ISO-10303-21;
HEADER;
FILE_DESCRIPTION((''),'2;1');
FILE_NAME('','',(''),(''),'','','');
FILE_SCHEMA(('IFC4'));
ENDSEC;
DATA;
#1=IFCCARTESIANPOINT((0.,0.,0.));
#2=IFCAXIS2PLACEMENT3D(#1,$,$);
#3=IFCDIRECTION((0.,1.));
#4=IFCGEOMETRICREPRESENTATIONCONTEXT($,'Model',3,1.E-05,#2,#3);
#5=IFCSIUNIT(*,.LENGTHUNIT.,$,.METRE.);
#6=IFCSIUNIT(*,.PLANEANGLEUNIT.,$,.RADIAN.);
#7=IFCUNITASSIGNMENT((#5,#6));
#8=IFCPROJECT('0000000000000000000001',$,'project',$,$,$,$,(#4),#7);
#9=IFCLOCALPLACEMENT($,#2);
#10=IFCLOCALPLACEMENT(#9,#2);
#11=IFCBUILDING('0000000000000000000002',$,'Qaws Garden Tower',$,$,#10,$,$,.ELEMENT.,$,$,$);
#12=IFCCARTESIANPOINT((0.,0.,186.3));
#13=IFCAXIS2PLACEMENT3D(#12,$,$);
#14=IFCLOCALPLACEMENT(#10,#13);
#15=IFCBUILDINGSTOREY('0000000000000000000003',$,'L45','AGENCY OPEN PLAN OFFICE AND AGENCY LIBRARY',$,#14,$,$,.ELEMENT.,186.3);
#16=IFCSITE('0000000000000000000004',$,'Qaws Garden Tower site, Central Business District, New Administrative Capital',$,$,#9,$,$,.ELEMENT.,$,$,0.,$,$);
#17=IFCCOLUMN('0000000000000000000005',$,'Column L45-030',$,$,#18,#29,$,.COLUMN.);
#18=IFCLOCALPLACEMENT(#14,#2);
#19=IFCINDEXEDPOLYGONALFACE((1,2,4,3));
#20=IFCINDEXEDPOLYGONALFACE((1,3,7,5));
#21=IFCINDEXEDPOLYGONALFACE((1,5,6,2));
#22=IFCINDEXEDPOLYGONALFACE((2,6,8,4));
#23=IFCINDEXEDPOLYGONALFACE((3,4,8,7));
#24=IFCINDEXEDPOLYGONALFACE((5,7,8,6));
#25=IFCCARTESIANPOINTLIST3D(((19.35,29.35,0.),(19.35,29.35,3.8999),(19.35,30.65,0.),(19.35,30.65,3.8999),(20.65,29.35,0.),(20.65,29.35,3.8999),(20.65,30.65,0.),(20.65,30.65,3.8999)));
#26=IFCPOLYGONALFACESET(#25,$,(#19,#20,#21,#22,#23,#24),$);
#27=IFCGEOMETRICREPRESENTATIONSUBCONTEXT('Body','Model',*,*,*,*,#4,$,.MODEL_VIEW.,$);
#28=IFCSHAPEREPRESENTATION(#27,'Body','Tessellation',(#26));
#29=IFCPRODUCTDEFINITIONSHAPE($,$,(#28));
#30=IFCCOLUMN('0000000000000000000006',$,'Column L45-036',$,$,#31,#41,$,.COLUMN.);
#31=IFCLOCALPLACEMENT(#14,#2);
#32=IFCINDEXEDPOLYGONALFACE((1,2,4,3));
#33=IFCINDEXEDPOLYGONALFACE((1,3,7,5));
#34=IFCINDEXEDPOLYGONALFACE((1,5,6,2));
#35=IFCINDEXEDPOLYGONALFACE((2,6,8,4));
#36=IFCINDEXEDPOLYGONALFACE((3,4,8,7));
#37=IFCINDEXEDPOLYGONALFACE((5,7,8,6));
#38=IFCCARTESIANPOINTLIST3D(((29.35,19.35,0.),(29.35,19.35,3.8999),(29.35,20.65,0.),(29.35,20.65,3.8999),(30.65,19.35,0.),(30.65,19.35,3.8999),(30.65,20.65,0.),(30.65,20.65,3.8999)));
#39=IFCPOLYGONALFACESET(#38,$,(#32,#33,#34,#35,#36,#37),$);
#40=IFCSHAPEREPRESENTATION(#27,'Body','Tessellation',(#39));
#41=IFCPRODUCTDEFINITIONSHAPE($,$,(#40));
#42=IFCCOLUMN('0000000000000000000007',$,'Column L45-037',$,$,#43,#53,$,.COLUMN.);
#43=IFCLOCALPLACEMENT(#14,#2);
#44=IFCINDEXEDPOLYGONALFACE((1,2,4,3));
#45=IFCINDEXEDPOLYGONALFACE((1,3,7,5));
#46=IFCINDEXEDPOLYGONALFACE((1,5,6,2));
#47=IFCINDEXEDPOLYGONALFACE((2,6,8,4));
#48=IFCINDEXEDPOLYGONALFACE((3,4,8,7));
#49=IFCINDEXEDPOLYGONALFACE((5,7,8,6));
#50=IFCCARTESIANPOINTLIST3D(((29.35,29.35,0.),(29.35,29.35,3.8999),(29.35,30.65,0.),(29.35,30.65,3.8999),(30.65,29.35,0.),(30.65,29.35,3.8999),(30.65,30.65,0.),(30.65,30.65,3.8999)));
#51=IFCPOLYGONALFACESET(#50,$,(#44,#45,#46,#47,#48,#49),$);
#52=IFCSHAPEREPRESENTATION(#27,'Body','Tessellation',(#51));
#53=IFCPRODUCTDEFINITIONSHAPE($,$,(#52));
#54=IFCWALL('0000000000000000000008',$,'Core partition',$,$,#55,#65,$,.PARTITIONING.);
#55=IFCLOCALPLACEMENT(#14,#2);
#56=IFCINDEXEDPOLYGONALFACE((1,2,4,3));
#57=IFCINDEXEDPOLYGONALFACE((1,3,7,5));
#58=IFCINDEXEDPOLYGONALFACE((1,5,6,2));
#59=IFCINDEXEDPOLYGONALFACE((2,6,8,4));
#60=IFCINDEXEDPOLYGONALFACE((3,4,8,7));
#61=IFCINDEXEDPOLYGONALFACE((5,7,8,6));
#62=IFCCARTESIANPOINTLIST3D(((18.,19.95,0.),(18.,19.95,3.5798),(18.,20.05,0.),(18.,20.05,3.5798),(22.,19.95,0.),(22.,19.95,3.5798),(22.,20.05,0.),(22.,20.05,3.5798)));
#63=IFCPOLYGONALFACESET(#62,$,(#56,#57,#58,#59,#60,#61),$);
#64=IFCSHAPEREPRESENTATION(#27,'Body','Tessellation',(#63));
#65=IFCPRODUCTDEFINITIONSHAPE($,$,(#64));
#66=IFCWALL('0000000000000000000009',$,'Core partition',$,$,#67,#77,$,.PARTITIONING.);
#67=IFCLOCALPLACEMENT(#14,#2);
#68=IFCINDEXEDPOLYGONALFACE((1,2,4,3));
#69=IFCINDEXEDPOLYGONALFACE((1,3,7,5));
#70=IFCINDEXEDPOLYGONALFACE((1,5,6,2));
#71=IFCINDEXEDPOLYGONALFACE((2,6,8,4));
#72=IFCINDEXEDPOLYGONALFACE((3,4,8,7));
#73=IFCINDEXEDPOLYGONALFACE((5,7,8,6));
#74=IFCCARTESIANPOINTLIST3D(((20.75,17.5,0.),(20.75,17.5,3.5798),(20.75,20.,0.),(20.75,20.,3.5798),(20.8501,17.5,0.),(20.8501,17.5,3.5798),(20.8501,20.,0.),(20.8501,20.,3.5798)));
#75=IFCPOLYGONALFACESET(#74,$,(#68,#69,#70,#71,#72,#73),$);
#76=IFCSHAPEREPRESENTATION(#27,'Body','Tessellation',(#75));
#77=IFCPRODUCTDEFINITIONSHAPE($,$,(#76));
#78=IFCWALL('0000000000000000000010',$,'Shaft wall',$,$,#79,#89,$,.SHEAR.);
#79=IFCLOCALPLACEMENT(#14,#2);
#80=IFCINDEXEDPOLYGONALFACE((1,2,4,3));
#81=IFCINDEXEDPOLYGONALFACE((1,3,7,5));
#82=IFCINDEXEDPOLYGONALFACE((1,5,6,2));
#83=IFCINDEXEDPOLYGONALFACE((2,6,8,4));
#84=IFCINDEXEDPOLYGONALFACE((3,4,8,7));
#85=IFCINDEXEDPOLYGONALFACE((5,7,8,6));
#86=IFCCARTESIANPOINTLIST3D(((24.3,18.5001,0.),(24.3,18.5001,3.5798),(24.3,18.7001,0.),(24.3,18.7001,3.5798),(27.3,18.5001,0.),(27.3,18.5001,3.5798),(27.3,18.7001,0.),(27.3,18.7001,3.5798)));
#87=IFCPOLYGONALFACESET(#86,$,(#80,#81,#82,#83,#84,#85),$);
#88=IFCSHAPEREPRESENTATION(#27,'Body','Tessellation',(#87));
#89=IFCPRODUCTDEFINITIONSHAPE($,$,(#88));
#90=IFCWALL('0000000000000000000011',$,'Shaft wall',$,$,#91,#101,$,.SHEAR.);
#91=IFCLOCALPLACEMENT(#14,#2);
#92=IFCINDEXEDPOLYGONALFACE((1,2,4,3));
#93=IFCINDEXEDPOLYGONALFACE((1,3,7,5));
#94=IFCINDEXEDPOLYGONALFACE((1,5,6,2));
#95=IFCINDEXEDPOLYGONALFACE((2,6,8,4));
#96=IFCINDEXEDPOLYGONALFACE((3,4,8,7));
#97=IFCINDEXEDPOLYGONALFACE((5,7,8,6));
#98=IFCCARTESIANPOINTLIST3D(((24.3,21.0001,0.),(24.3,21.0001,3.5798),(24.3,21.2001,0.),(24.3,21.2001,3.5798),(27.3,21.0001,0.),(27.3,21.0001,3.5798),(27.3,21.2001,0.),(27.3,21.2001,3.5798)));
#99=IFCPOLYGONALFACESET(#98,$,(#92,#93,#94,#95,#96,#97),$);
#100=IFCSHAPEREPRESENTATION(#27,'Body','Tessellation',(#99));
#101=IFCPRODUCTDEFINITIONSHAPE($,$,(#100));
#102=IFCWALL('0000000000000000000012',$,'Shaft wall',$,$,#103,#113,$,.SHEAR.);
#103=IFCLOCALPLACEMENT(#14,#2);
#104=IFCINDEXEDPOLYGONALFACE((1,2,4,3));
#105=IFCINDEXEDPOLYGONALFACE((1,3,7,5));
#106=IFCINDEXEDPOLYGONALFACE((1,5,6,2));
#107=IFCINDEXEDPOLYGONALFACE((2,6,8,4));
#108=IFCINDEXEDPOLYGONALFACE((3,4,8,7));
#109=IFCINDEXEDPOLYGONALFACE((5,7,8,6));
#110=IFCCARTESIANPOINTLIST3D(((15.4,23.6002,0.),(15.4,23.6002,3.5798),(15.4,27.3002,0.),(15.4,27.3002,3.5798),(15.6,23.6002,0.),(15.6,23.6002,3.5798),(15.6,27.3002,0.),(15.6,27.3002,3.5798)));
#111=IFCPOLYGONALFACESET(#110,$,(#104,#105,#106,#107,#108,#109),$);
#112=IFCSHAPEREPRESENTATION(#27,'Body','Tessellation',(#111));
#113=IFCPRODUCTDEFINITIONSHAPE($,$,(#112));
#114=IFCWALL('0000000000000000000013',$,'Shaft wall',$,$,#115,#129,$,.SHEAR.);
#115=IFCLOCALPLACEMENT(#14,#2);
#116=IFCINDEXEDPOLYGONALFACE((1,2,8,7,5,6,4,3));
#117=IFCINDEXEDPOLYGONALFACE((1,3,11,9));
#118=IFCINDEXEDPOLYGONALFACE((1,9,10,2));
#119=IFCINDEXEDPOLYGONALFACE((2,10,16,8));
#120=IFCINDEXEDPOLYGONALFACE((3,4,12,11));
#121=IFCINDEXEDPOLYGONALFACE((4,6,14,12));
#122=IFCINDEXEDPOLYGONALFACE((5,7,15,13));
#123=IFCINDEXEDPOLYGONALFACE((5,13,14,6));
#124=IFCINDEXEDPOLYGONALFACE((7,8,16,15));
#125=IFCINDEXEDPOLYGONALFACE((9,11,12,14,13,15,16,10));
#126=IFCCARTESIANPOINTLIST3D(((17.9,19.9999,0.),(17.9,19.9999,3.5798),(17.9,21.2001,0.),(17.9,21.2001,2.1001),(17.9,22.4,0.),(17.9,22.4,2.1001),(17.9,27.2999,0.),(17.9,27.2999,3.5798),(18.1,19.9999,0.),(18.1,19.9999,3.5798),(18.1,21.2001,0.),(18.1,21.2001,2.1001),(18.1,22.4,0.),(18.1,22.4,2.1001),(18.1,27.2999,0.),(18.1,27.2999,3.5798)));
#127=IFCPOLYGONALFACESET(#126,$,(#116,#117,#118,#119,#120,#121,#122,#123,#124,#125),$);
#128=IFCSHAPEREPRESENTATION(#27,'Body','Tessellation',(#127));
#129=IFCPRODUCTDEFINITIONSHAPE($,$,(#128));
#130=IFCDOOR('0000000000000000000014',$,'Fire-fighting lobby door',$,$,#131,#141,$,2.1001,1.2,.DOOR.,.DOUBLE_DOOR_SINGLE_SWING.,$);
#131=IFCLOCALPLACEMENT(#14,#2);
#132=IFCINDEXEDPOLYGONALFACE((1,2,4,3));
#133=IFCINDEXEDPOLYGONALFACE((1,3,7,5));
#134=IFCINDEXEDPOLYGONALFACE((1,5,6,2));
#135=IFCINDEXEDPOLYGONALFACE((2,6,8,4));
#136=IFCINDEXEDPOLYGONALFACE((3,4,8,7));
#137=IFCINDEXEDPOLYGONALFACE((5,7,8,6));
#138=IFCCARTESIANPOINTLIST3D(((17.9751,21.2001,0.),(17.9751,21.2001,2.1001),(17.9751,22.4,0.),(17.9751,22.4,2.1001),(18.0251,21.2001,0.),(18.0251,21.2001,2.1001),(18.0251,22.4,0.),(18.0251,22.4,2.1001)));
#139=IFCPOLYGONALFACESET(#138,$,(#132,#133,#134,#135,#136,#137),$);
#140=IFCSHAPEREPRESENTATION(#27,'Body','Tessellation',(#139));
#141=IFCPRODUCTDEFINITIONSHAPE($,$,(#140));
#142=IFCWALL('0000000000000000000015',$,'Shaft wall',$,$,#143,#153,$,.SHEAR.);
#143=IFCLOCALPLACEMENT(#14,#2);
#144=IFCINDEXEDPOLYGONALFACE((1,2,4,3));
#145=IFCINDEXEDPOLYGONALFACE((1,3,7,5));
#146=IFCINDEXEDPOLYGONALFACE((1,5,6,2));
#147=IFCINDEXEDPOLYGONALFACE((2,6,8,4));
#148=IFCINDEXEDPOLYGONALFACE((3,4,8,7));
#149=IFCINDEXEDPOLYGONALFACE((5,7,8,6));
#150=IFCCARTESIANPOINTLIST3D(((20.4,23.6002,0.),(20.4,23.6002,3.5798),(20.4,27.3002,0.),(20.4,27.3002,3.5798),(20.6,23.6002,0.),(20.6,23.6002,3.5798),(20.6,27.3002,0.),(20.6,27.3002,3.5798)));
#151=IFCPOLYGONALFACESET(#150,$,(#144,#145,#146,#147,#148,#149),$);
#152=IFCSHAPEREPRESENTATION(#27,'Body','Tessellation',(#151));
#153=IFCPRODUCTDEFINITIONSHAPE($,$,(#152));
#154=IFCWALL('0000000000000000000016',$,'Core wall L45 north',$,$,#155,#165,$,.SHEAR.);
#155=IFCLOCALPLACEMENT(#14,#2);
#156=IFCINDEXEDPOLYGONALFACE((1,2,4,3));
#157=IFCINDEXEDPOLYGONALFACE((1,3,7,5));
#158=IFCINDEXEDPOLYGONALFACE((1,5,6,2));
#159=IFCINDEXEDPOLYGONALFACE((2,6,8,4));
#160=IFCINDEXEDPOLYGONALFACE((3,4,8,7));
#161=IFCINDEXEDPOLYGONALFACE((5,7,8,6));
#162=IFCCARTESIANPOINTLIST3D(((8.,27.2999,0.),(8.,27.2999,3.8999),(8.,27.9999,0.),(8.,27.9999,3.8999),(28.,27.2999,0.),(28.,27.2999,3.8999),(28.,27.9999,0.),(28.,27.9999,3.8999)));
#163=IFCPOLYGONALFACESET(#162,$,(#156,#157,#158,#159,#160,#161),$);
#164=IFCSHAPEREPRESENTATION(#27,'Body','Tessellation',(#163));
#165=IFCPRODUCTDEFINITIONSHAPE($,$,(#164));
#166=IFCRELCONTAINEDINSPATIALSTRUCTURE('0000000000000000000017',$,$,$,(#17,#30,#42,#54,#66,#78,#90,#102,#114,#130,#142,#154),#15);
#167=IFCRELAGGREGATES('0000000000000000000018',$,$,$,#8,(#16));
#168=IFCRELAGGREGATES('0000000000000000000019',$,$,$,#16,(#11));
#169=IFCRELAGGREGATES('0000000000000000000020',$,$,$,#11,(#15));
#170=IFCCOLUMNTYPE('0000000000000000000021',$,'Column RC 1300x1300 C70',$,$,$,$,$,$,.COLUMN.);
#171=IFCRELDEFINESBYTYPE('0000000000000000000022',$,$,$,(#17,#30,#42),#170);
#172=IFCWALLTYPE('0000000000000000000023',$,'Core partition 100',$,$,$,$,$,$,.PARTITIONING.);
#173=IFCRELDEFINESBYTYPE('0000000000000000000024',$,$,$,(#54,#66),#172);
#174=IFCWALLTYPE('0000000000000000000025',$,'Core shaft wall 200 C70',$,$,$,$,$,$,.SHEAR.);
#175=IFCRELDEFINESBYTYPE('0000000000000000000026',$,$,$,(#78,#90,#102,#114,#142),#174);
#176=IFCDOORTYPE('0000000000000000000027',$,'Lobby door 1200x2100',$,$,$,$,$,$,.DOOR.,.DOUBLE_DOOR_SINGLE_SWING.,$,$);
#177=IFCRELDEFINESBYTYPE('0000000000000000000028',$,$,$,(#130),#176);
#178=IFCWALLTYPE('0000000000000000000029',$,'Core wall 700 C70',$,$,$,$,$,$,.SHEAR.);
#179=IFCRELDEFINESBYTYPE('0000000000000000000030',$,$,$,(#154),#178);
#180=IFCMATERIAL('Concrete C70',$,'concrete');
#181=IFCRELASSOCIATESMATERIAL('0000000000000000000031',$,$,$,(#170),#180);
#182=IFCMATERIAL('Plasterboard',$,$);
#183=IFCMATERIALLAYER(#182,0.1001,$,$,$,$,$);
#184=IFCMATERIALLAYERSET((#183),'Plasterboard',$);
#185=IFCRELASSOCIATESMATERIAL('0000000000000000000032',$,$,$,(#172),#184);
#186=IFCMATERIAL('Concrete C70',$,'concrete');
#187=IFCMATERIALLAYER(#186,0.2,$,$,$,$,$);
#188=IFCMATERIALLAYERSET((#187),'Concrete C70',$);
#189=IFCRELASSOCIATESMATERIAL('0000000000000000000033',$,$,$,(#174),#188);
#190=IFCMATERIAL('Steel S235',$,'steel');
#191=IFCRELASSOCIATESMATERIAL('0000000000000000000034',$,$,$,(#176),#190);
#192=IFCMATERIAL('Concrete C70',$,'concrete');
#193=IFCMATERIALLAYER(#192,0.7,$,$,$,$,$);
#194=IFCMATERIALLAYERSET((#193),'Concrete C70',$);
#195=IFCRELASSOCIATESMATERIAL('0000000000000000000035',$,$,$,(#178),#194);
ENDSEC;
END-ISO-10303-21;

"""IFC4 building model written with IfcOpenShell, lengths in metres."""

from ifc_helpers import new_model, si_unit, direction, frame, frame_2d, origin, origin_2d, place, context, subcontext, project, spatial, rectangle, extrude, material, layer, layer_set, material_profile, profile_set, type_object, element, fill, save


model = new_model("IFC4")

# Units and contexts
model_context = context("Model", 3, precision=1e-05, world=origin(), true_north=direction((0.0, 1.0)))
body_context = subcontext(model_context, "Body", "Model", "MODEL_VIEW")
ifc_project = project(units=[si_unit("LENGTHUNIT", "METRE"), si_unit("PLANEANGLEUNIT", "RADIAN")], contexts=[model_context])

# Site, building, storey
site_placement = place(None, origin())
site = spatial("IfcSite", under=ifc_project, at=site_placement, Name="Qaws Garden Tower site, Central Business District, New Administrative Capital", CompositionType="ELEMENT", RefElevation=0.0)
building_placement = place(site_placement, origin())
building = spatial("IfcBuilding", under=site, at=building_placement, Name="Qaws Garden Tower", CompositionType="ELEMENT")
storey_placement = place(building_placement, frame((0.0, 0.0, 186.3)))
storey = spatial("IfcBuildingStorey", under=building, at=storey_placement, Name="L45", Description="AGENCY OPEN PLAN OFFICE AND AGENCY LIBRARY", CompositionType="ELEMENT", Elevation=186.3)

# Columns
ifc_material_1 = material(Name="Concrete C70", Category="concrete")
ifc_material_profile = material_profile(ifc_material_1, rectangle(XDim=1.3, YDim=1.3, at=origin_2d()), Name="RC 1300x1300")
ifc_profile_set = profile_set([ifc_material_profile], Name="Concrete C70")
column_type = type_object("IfcColumnType", Name="Column RC 1300x1300 C70", PredefinedType="COLUMN", material=ifc_profile_set)
for number, where, z_axis, x_axis, name in (
    (1, (20.0, 30.0, 0.0), (0.0, 0.0, 1.0), (1.0, 0.0, 0.0), "Column L45-030"),
    (2, (30.0, 20.0, 0.0), (0.0, 0.0, 1.0), (1.0, 0.0, 0.0), "Column L45-036"),
    (3, (30.0, 30.0, 0.0), (0.0, 0.0, 1.0), (1.0, 0.0, 0.0), "Column L45-037"),
):
    element("IfcColumn", number, at=place(storey_placement, frame(where, z_axis=z_axis, x_axis=x_axis)), inside=storey, type_object=column_type, Name=name, PredefinedType="COLUMN", context=body_context, shape_type="SweptSolid", body=[
        extrude(rectangle(XDim=1.3, YDim=1.3, at=origin_2d()), origin(), (0.0, 0.0, 1.0), 3.8999),
    ])

# Walls
ifc_material_2 = material(Name="Plasterboard")
ifc_layer_1 = layer(ifc_material_2, 0.1001)
ifc_layer_set_1 = layer_set([ifc_layer_1], Name="Plasterboard")
wall_type_1 = type_object("IfcWallType", Name="Core partition 100", PredefinedType="PARTITIONING", material=ifc_layer_set_1)
wall_1_placement = place(storey_placement, frame((18.0, 20.0, 0.0), z_axis=(0.0, 0.0, 1.0), x_axis=(1.0, 0.0, 0.0)))
element("IfcWall", 4, at=wall_1_placement, inside=storey, type_object=wall_type_1, Name="Core partition", PredefinedType="PARTITIONING", context=body_context, shape_type="SweptSolid", body=[
    extrude(rectangle(XDim=4.0, YDim=0.1001, at=frame_2d((2.0, 0.0))), origin(), (0.0, 0.0, 1.0), 3.5798),
])
wall_2_placement = place(storey_placement, frame((20.8, 17.5, 0.0), z_axis=(0.0, 0.0, 1.0), x_axis=(0.0, 1.0, 0.0)))
element("IfcWall", 5, at=wall_2_placement, inside=storey, type_object=wall_type_1, Name="Core partition", PredefinedType="PARTITIONING", context=body_context, shape_type="SweptSolid", body=[
    extrude(rectangle(XDim=2.5, YDim=0.1001, at=frame_2d((1.25, 0.0))), origin(), (0.0, 0.0, 1.0), 3.5798),
])
ifc_material_3 = material(Name="Concrete C70", Category="concrete")
ifc_layer_2 = layer(ifc_material_3, 0.2)
ifc_layer_set_2 = layer_set([ifc_layer_2], Name="Concrete C70")
wall_type_2 = type_object("IfcWallType", Name="Core shaft wall 200 C70", PredefinedType="SHEAR", material=ifc_layer_set_2)
for number, where, z_axis, x_axis, name in (
    (6, (24.3, 18.6001, 0.0), (0.0, 0.0, 1.0), (1.0, 0.0, 0.0), "Shaft wall"),
    (7, (24.3, 21.1001, 0.0), (0.0, 0.0, 1.0), (1.0, 0.0, 0.0), "Shaft wall"),
):
    element("IfcWall", number, at=place(storey_placement, frame(where, z_axis=z_axis, x_axis=x_axis)), inside=storey, type_object=wall_type_2, Name=name, PredefinedType="SHEAR", context=body_context, shape_type="SweptSolid", body=[
        extrude(rectangle(XDim=3.0, YDim=0.2, at=frame_2d((1.5, 0.0))), origin(), (0.0, 0.0, 1.0), 3.5798),
    ])
wall_3_placement = place(storey_placement, frame((15.5, 23.6001, 0.0), z_axis=(0.0, 0.0, 1.0), x_axis=(0.0, 1.0, 0.0)))
element("IfcWall", 8, at=wall_3_placement, inside=storey, type_object=wall_type_2, Name="Shaft wall", PredefinedType="SHEAR", context=body_context, shape_type="SweptSolid", body=[
    extrude(rectangle(XDim=3.7, YDim=0.2, at=frame_2d((1.8501, 0.0))), origin(), (0.0, 0.0, 1.0), 3.5798),
])

# Wall, opening, door
wall_4_placement = place(storey_placement, frame((18.0, 20.0, 0.0), z_axis=(0.0, 0.0, 1.0), x_axis=(0.0, 1.0, 0.0)))
wall_4 = element("IfcWall", 9, at=wall_4_placement, inside=storey, type_object=wall_type_2, Name="Shaft wall", PredefinedType="SHEAR", context=body_context, shape_type="SweptSolid", body=[
    extrude(rectangle(XDim=7.3, YDim=0.2, at=frame_2d((3.6499, 0.0))), origin(), (0.0, 0.0, 1.0), 3.5798),
])
opening_1_placement = place(wall_4_placement, frame((1.2, 0.0, 0.0)))
opening_1 = element("IfcOpeningElement", 10, at=opening_1_placement, cuts=wall_4, PredefinedType="OPENING", context=body_context, shape_type="SweptSolid", body=[
    extrude(rectangle(XDim=1.2, YDim=2.1001, at=frame_2d((0.6001, 1.05))), frame((0.0, 0.1099, 0.0), z_axis=(0.0, -1.0, 0.0), x_axis=(1.0, 0.0, 0.0)), (0.0, 0.0, 1.0), 0.22),
])
ifc_material_4 = material(Name="Steel S235", Category="steel")
door_type_1 = type_object("IfcDoorType", Name="Lobby door 1200x2100", OperationType="DOUBLE_DOOR_SINGLE_SWING", PredefinedType="DOOR", material=ifc_material_4)
door_1_placement = place(opening_1_placement, origin())
door_1 = element("IfcDoor", 11, at=door_1_placement, inside=storey, type_object=door_type_1, Name="Fire-fighting lobby door", OperationType="DOUBLE_DOOR_SINGLE_SWING", OverallHeight=2.1001, OverallWidth=1.2, PredefinedType="DOOR", context=body_context, shape_type="SweptSolid", body=[
    extrude(rectangle(XDim=1.2, YDim=2.1001, at=frame_2d((0.6001, 1.05))), frame((0.0, 0.0249, 0.0), z_axis=(0.0, -1.0, 0.0), x_axis=(1.0, 0.0, 0.0)), (0.0, 0.0, 1.0), 0.05),
])
fill(opening_1, door_1)

# Walls
wall_5_placement = place(storey_placement, frame((20.5, 23.6001, 0.0), z_axis=(0.0, 0.0, 1.0), x_axis=(0.0, 1.0, 0.0)))
element("IfcWall", 12, at=wall_5_placement, inside=storey, type_object=wall_type_2, Name="Shaft wall", PredefinedType="SHEAR", context=body_context, shape_type="SweptSolid", body=[
    extrude(rectangle(XDim=3.7, YDim=0.2, at=frame_2d((1.8501, 0.0))), origin(), (0.0, 0.0, 1.0), 3.5798),
])
ifc_material_5 = material(Name="Concrete C70", Category="concrete")
ifc_layer_3 = layer(ifc_material_5, 0.7)
ifc_layer_set_3 = layer_set([ifc_layer_3], Name="Concrete C70")
wall_type_3 = type_object("IfcWallType", Name="Core wall 700 C70", PredefinedType="SHEAR", material=ifc_layer_set_3)
wall_6_placement = place(storey_placement, frame((28.0, 27.6499, 0.0), z_axis=(0.0, 0.0, 1.0), x_axis=(-1.0, 0.0, 0.0)))
element("IfcWall", 13, at=wall_6_placement, inside=storey, type_object=wall_type_3, Name="Core wall L45 north", PredefinedType="SHEAR", context=body_context, shape_type="SweptSolid", body=[
    extrude(rectangle(XDim=20.0, YDim=0.7, at=frame_2d((10.0, 0.0))), origin(), (0.0, 0.0, 1.0), 3.8999),
])

save(model, "model.ifc")
